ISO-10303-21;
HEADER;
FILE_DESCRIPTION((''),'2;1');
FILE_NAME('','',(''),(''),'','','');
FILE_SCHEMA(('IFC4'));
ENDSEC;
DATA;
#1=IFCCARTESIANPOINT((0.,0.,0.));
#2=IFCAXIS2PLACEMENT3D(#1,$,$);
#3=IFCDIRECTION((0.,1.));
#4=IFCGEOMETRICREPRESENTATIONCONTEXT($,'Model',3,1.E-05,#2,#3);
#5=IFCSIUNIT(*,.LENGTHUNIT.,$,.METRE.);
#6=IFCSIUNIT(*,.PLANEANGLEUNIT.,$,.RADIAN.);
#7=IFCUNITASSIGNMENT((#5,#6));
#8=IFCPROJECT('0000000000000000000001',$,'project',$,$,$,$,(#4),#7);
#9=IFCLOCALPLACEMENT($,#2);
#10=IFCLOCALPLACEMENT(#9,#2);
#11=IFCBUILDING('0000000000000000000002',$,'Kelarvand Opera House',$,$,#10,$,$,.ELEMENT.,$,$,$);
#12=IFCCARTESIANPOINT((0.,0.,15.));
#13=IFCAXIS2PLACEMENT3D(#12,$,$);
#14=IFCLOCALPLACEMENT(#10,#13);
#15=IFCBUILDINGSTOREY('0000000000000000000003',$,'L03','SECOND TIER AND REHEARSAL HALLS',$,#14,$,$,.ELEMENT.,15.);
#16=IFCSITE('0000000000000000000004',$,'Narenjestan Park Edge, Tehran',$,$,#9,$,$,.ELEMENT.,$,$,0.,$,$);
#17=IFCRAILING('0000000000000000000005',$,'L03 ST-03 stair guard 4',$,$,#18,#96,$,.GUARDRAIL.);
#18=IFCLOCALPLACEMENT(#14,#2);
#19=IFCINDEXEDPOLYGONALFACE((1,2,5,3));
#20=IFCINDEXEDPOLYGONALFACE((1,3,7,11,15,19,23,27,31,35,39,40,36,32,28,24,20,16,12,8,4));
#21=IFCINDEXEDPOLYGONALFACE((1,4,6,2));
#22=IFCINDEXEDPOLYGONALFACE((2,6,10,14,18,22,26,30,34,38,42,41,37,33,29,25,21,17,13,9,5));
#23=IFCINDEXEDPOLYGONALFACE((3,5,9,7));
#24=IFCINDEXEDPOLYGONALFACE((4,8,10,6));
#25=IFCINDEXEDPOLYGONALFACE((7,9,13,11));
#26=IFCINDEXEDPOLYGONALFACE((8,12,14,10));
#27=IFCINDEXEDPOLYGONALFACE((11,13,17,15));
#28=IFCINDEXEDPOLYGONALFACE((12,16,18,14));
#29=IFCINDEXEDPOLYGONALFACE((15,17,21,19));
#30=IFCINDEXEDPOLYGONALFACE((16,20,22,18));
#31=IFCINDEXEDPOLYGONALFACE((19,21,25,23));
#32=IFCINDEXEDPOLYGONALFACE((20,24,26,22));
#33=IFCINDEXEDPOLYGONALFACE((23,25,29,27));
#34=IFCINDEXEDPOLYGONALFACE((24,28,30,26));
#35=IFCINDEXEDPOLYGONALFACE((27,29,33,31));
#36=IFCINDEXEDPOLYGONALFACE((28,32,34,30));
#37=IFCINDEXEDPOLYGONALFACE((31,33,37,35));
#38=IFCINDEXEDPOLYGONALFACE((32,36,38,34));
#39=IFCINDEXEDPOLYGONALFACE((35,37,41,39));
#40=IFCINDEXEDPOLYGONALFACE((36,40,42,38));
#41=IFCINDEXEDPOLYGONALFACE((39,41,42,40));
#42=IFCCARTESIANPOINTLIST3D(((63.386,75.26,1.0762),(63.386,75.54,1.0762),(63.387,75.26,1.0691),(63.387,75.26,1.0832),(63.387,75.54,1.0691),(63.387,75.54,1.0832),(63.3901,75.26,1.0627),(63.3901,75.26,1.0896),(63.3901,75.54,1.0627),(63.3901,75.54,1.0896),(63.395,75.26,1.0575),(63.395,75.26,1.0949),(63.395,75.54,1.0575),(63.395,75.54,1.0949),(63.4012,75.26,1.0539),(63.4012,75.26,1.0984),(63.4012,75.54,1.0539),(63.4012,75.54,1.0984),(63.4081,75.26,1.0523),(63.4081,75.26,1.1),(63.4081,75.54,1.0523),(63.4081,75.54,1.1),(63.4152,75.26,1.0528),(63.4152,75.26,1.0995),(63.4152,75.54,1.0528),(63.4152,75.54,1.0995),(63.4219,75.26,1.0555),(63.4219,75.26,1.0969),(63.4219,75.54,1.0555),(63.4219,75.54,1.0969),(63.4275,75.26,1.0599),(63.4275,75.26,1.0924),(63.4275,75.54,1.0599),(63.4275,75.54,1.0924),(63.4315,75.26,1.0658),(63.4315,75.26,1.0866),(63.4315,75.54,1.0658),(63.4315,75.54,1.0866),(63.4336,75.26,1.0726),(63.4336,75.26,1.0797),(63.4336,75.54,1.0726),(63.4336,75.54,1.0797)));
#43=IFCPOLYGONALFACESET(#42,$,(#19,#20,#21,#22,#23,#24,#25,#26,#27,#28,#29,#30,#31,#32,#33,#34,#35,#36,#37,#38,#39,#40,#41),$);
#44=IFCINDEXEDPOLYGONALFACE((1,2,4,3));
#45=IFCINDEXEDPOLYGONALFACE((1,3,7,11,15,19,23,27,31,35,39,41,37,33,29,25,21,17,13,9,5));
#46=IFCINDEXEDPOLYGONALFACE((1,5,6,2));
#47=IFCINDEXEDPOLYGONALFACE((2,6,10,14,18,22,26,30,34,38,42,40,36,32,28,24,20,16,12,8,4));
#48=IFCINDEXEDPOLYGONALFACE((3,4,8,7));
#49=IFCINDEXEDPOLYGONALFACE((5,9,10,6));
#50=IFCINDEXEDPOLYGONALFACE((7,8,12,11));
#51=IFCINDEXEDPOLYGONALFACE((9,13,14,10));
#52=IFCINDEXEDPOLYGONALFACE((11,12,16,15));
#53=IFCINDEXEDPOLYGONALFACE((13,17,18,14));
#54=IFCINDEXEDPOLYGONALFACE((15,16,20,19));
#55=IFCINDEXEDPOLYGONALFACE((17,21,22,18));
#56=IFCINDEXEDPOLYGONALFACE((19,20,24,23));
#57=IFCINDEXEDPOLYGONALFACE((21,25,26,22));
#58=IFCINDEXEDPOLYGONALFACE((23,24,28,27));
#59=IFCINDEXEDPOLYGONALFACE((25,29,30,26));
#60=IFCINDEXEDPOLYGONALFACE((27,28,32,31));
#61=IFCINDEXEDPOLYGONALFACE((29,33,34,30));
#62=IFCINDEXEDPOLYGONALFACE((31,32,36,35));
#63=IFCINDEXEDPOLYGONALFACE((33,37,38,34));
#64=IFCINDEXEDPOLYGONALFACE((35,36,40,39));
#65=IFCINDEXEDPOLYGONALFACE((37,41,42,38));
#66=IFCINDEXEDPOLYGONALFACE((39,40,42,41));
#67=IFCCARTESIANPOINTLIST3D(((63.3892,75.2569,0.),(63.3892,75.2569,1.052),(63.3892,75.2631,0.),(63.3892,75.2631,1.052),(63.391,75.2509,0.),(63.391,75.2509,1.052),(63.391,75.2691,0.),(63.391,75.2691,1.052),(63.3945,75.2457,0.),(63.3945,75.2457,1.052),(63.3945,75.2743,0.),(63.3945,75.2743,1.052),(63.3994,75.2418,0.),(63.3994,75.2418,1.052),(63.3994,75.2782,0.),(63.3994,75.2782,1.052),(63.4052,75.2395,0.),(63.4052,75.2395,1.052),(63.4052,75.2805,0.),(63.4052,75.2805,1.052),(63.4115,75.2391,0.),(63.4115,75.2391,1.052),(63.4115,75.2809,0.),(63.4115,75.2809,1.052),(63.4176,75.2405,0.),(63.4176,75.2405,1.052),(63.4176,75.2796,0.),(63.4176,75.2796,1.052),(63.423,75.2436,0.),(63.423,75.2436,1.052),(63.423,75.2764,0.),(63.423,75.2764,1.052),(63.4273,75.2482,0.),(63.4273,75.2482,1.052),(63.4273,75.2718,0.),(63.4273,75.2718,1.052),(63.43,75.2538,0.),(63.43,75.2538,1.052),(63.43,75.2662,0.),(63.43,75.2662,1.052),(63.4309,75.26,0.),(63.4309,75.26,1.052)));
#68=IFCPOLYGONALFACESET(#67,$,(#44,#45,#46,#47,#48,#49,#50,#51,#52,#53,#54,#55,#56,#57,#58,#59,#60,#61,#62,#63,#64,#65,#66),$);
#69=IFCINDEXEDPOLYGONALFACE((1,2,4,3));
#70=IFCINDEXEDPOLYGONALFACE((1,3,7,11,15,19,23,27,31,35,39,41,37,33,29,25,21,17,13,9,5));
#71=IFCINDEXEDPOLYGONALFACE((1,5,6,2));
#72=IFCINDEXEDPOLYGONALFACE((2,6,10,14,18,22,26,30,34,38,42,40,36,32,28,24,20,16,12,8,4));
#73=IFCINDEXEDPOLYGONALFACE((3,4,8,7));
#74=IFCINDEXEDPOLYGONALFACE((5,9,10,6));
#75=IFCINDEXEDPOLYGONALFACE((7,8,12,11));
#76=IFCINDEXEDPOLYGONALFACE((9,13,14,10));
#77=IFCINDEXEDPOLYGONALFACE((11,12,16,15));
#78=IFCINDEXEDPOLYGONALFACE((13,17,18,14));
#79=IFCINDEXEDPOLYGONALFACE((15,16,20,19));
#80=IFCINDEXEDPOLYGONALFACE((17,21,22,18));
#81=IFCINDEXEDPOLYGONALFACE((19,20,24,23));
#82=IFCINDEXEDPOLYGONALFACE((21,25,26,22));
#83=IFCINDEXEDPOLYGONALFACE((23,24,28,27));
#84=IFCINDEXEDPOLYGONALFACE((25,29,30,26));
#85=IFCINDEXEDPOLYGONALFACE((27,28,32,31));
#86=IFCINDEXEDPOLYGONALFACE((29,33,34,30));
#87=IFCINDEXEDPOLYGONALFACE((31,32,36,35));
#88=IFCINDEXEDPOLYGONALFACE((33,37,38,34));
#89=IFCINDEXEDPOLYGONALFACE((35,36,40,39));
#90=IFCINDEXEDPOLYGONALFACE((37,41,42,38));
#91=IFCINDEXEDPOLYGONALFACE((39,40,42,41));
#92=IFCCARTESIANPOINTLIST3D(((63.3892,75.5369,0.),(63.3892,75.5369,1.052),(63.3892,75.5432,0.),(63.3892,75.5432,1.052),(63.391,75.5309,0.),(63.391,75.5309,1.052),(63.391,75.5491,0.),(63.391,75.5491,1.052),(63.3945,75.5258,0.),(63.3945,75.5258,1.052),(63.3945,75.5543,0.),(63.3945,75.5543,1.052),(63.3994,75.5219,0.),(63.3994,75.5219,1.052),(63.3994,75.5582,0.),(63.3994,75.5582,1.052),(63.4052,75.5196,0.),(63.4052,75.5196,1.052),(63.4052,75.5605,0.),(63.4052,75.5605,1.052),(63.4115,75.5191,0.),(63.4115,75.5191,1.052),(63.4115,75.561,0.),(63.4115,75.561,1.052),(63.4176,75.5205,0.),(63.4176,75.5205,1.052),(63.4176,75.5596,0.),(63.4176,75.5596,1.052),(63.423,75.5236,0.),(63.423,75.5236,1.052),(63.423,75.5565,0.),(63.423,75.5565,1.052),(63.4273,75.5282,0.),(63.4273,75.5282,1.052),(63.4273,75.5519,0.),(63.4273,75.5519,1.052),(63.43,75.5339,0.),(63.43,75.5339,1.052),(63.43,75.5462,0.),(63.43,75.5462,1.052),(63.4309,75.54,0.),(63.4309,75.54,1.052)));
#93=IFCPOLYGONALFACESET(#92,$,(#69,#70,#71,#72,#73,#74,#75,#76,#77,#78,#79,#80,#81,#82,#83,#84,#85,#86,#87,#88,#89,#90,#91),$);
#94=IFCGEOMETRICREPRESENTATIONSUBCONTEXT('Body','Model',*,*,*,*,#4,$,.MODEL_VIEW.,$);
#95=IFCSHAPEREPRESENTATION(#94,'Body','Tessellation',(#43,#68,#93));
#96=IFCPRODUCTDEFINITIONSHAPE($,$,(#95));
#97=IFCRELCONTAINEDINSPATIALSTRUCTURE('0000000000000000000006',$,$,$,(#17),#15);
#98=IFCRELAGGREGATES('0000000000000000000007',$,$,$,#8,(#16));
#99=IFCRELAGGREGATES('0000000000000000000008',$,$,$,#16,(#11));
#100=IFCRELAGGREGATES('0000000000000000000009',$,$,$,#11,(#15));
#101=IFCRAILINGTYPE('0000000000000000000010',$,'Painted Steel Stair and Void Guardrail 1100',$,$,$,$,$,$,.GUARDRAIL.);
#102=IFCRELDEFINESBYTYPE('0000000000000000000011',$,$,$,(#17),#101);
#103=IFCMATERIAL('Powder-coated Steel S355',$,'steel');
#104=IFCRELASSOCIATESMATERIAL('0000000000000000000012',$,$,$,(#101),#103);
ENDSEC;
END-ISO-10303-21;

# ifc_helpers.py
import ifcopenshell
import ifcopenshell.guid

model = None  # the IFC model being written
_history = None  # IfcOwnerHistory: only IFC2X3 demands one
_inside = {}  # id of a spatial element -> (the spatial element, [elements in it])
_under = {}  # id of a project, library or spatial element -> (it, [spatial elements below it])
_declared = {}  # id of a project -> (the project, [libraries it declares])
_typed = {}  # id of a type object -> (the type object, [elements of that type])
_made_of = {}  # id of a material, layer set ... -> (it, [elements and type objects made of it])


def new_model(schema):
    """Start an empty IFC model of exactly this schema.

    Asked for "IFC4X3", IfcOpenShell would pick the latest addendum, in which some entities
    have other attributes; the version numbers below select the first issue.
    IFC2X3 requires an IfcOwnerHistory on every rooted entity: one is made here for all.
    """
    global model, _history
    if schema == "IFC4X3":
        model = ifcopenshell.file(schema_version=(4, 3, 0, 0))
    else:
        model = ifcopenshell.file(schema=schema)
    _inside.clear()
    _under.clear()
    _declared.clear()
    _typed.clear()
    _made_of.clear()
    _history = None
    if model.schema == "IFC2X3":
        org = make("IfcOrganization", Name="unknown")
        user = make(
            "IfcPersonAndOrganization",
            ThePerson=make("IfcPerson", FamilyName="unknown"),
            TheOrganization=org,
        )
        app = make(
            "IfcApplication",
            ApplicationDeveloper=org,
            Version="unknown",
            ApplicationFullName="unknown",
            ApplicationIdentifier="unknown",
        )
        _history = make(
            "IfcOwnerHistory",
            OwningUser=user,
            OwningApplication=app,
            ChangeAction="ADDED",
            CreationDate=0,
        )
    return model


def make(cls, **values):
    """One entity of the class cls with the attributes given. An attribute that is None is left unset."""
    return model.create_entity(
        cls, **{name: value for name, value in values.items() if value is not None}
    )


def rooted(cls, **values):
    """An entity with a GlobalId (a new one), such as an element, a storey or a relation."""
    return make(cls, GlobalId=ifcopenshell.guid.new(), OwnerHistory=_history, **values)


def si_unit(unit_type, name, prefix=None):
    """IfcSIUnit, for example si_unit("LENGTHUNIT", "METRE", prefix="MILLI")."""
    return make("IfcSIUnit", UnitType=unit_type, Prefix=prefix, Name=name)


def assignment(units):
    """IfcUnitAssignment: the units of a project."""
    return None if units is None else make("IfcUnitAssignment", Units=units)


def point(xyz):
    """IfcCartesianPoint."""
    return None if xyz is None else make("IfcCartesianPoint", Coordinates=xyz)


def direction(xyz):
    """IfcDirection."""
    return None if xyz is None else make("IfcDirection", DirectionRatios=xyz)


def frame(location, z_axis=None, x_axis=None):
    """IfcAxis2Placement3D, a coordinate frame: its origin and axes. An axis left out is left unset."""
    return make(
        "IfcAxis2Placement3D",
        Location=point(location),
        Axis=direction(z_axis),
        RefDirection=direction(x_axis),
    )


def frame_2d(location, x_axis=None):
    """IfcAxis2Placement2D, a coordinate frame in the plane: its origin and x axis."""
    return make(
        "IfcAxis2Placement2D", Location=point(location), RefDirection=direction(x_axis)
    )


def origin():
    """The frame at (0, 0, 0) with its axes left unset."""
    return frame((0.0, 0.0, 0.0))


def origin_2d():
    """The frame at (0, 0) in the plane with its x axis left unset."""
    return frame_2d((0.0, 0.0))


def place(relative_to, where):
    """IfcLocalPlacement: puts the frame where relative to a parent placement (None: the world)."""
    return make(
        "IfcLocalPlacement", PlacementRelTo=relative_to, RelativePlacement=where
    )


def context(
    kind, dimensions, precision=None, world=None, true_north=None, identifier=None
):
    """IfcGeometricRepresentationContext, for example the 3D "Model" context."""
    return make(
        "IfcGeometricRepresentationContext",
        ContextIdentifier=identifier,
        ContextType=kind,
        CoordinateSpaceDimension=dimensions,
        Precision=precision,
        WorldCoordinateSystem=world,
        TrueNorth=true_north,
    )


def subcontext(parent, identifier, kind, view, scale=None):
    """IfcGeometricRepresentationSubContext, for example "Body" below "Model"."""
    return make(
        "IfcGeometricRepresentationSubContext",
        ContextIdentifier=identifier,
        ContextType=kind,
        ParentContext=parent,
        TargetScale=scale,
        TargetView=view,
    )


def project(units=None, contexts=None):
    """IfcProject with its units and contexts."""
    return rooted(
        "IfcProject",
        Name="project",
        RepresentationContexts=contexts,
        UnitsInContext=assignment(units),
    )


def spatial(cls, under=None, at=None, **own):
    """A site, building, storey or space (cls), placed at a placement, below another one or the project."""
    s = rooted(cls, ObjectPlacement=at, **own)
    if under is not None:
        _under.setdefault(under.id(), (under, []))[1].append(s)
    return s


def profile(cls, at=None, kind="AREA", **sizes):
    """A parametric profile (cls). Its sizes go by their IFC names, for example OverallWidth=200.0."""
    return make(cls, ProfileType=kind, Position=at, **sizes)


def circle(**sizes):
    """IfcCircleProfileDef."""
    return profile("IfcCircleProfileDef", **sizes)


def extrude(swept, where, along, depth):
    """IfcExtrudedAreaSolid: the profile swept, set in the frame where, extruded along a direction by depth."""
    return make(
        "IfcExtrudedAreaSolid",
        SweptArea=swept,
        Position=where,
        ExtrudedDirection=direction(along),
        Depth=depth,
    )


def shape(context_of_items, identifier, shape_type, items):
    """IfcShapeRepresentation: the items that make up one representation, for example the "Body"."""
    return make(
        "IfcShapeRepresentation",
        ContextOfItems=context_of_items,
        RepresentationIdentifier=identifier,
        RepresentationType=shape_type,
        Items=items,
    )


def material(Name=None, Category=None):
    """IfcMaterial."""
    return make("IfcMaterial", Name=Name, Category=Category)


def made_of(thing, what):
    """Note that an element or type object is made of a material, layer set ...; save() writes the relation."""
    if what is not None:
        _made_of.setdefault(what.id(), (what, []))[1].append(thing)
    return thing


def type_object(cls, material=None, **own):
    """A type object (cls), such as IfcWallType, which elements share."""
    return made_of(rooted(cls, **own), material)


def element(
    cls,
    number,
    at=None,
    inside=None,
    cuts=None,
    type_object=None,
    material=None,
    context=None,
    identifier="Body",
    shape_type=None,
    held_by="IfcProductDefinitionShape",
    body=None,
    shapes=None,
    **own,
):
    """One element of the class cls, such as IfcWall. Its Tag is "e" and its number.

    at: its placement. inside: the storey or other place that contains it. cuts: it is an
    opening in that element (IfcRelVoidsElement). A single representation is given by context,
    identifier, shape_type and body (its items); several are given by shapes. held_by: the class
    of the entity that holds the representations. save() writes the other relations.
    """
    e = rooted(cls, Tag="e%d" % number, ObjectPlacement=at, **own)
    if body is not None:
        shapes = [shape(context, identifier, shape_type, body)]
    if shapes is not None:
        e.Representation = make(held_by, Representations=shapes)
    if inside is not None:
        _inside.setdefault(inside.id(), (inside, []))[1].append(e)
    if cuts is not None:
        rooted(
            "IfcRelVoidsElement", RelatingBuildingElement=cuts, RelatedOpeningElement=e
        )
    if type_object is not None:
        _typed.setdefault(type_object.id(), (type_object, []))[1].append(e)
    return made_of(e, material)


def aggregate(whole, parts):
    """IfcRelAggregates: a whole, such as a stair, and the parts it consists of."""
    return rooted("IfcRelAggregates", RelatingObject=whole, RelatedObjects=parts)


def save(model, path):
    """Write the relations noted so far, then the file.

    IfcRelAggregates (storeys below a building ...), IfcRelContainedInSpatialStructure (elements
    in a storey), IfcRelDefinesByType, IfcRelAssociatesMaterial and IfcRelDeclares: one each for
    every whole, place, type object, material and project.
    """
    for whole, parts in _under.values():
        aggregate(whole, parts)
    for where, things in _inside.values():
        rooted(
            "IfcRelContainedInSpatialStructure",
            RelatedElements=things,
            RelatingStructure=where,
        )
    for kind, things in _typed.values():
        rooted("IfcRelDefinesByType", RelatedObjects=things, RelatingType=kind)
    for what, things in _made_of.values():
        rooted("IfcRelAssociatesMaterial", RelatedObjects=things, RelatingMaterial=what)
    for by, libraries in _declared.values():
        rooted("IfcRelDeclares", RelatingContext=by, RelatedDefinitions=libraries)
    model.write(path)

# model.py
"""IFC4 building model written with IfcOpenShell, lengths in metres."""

from ifc_helpers import new_model, si_unit, direction, frame, origin, origin_2d, place, context, subcontext, project, spatial, circle, extrude, material, type_object, element, save


model = new_model("IFC4")

# Units and contexts
model_context = context("Model", 3, precision=1e-05, world=origin(), true_north=direction((0.0, 1.0)))
body_context = subcontext(model_context, "Body", "Model", "MODEL_VIEW")
ifc_project = project(units=[si_unit("LENGTHUNIT", "METRE"), si_unit("PLANEANGLEUNIT", "RADIAN")], contexts=[model_context])

# Site, building, storey
site_placement = place(None, origin())
site = spatial("IfcSite", under=ifc_project, at=site_placement, Name="Narenjestan Park Edge, Tehran", CompositionType="ELEMENT", RefElevation=0.0)
building_placement = place(site_placement, origin())
building = spatial("IfcBuilding", under=site, at=building_placement, Name="Kelarvand Opera House", CompositionType="ELEMENT")
storey_placement = place(building_placement, frame((0.0, 0.0, 15.0)))
storey = spatial("IfcBuildingStorey", under=building, at=storey_placement, Name="L03", Description="SECOND TIER AND REHEARSAL HALLS", CompositionType="ELEMENT", Elevation=15.0)

# Railing
ifc_material_1 = material(Name="Powder-coated Steel S355", Category="steel")
railing_type_1 = type_object("IfcRailingType", Name="Painted Steel Stair and Void Guardrail 1100", PredefinedType="GUARDRAIL", material=ifc_material_1)
railing_1_placement = place(storey_placement, frame((63.4099, 75.26, 0.0)))
element("IfcRailing", 1, at=railing_1_placement, inside=storey, type_object=railing_type_1, Name="L03 ST-03 stair guard 4", PredefinedType="GUARDRAIL", context=body_context, shape_type="SweptSolid", body=[
    extrude(circle(Radius=0.0239, at=origin_2d()), frame((0.0, 0.0, 1.0762), z_axis=(0.0, 1.0, 0.0), x_axis=(-1.0, 0.0, 0.0)), (0.0, 0.0, 1.0), 0.28),
    extrude(circle(Radius=0.021, at=origin_2d()), origin(), (0.0, 0.0, 1.0), 1.052),
    extrude(circle(Radius=0.021, at=origin_2d()), frame((0.0, 0.28, 0.0)), (0.0, 0.0, 1.0), 1.052),
])

save(model, "model.ifc")
